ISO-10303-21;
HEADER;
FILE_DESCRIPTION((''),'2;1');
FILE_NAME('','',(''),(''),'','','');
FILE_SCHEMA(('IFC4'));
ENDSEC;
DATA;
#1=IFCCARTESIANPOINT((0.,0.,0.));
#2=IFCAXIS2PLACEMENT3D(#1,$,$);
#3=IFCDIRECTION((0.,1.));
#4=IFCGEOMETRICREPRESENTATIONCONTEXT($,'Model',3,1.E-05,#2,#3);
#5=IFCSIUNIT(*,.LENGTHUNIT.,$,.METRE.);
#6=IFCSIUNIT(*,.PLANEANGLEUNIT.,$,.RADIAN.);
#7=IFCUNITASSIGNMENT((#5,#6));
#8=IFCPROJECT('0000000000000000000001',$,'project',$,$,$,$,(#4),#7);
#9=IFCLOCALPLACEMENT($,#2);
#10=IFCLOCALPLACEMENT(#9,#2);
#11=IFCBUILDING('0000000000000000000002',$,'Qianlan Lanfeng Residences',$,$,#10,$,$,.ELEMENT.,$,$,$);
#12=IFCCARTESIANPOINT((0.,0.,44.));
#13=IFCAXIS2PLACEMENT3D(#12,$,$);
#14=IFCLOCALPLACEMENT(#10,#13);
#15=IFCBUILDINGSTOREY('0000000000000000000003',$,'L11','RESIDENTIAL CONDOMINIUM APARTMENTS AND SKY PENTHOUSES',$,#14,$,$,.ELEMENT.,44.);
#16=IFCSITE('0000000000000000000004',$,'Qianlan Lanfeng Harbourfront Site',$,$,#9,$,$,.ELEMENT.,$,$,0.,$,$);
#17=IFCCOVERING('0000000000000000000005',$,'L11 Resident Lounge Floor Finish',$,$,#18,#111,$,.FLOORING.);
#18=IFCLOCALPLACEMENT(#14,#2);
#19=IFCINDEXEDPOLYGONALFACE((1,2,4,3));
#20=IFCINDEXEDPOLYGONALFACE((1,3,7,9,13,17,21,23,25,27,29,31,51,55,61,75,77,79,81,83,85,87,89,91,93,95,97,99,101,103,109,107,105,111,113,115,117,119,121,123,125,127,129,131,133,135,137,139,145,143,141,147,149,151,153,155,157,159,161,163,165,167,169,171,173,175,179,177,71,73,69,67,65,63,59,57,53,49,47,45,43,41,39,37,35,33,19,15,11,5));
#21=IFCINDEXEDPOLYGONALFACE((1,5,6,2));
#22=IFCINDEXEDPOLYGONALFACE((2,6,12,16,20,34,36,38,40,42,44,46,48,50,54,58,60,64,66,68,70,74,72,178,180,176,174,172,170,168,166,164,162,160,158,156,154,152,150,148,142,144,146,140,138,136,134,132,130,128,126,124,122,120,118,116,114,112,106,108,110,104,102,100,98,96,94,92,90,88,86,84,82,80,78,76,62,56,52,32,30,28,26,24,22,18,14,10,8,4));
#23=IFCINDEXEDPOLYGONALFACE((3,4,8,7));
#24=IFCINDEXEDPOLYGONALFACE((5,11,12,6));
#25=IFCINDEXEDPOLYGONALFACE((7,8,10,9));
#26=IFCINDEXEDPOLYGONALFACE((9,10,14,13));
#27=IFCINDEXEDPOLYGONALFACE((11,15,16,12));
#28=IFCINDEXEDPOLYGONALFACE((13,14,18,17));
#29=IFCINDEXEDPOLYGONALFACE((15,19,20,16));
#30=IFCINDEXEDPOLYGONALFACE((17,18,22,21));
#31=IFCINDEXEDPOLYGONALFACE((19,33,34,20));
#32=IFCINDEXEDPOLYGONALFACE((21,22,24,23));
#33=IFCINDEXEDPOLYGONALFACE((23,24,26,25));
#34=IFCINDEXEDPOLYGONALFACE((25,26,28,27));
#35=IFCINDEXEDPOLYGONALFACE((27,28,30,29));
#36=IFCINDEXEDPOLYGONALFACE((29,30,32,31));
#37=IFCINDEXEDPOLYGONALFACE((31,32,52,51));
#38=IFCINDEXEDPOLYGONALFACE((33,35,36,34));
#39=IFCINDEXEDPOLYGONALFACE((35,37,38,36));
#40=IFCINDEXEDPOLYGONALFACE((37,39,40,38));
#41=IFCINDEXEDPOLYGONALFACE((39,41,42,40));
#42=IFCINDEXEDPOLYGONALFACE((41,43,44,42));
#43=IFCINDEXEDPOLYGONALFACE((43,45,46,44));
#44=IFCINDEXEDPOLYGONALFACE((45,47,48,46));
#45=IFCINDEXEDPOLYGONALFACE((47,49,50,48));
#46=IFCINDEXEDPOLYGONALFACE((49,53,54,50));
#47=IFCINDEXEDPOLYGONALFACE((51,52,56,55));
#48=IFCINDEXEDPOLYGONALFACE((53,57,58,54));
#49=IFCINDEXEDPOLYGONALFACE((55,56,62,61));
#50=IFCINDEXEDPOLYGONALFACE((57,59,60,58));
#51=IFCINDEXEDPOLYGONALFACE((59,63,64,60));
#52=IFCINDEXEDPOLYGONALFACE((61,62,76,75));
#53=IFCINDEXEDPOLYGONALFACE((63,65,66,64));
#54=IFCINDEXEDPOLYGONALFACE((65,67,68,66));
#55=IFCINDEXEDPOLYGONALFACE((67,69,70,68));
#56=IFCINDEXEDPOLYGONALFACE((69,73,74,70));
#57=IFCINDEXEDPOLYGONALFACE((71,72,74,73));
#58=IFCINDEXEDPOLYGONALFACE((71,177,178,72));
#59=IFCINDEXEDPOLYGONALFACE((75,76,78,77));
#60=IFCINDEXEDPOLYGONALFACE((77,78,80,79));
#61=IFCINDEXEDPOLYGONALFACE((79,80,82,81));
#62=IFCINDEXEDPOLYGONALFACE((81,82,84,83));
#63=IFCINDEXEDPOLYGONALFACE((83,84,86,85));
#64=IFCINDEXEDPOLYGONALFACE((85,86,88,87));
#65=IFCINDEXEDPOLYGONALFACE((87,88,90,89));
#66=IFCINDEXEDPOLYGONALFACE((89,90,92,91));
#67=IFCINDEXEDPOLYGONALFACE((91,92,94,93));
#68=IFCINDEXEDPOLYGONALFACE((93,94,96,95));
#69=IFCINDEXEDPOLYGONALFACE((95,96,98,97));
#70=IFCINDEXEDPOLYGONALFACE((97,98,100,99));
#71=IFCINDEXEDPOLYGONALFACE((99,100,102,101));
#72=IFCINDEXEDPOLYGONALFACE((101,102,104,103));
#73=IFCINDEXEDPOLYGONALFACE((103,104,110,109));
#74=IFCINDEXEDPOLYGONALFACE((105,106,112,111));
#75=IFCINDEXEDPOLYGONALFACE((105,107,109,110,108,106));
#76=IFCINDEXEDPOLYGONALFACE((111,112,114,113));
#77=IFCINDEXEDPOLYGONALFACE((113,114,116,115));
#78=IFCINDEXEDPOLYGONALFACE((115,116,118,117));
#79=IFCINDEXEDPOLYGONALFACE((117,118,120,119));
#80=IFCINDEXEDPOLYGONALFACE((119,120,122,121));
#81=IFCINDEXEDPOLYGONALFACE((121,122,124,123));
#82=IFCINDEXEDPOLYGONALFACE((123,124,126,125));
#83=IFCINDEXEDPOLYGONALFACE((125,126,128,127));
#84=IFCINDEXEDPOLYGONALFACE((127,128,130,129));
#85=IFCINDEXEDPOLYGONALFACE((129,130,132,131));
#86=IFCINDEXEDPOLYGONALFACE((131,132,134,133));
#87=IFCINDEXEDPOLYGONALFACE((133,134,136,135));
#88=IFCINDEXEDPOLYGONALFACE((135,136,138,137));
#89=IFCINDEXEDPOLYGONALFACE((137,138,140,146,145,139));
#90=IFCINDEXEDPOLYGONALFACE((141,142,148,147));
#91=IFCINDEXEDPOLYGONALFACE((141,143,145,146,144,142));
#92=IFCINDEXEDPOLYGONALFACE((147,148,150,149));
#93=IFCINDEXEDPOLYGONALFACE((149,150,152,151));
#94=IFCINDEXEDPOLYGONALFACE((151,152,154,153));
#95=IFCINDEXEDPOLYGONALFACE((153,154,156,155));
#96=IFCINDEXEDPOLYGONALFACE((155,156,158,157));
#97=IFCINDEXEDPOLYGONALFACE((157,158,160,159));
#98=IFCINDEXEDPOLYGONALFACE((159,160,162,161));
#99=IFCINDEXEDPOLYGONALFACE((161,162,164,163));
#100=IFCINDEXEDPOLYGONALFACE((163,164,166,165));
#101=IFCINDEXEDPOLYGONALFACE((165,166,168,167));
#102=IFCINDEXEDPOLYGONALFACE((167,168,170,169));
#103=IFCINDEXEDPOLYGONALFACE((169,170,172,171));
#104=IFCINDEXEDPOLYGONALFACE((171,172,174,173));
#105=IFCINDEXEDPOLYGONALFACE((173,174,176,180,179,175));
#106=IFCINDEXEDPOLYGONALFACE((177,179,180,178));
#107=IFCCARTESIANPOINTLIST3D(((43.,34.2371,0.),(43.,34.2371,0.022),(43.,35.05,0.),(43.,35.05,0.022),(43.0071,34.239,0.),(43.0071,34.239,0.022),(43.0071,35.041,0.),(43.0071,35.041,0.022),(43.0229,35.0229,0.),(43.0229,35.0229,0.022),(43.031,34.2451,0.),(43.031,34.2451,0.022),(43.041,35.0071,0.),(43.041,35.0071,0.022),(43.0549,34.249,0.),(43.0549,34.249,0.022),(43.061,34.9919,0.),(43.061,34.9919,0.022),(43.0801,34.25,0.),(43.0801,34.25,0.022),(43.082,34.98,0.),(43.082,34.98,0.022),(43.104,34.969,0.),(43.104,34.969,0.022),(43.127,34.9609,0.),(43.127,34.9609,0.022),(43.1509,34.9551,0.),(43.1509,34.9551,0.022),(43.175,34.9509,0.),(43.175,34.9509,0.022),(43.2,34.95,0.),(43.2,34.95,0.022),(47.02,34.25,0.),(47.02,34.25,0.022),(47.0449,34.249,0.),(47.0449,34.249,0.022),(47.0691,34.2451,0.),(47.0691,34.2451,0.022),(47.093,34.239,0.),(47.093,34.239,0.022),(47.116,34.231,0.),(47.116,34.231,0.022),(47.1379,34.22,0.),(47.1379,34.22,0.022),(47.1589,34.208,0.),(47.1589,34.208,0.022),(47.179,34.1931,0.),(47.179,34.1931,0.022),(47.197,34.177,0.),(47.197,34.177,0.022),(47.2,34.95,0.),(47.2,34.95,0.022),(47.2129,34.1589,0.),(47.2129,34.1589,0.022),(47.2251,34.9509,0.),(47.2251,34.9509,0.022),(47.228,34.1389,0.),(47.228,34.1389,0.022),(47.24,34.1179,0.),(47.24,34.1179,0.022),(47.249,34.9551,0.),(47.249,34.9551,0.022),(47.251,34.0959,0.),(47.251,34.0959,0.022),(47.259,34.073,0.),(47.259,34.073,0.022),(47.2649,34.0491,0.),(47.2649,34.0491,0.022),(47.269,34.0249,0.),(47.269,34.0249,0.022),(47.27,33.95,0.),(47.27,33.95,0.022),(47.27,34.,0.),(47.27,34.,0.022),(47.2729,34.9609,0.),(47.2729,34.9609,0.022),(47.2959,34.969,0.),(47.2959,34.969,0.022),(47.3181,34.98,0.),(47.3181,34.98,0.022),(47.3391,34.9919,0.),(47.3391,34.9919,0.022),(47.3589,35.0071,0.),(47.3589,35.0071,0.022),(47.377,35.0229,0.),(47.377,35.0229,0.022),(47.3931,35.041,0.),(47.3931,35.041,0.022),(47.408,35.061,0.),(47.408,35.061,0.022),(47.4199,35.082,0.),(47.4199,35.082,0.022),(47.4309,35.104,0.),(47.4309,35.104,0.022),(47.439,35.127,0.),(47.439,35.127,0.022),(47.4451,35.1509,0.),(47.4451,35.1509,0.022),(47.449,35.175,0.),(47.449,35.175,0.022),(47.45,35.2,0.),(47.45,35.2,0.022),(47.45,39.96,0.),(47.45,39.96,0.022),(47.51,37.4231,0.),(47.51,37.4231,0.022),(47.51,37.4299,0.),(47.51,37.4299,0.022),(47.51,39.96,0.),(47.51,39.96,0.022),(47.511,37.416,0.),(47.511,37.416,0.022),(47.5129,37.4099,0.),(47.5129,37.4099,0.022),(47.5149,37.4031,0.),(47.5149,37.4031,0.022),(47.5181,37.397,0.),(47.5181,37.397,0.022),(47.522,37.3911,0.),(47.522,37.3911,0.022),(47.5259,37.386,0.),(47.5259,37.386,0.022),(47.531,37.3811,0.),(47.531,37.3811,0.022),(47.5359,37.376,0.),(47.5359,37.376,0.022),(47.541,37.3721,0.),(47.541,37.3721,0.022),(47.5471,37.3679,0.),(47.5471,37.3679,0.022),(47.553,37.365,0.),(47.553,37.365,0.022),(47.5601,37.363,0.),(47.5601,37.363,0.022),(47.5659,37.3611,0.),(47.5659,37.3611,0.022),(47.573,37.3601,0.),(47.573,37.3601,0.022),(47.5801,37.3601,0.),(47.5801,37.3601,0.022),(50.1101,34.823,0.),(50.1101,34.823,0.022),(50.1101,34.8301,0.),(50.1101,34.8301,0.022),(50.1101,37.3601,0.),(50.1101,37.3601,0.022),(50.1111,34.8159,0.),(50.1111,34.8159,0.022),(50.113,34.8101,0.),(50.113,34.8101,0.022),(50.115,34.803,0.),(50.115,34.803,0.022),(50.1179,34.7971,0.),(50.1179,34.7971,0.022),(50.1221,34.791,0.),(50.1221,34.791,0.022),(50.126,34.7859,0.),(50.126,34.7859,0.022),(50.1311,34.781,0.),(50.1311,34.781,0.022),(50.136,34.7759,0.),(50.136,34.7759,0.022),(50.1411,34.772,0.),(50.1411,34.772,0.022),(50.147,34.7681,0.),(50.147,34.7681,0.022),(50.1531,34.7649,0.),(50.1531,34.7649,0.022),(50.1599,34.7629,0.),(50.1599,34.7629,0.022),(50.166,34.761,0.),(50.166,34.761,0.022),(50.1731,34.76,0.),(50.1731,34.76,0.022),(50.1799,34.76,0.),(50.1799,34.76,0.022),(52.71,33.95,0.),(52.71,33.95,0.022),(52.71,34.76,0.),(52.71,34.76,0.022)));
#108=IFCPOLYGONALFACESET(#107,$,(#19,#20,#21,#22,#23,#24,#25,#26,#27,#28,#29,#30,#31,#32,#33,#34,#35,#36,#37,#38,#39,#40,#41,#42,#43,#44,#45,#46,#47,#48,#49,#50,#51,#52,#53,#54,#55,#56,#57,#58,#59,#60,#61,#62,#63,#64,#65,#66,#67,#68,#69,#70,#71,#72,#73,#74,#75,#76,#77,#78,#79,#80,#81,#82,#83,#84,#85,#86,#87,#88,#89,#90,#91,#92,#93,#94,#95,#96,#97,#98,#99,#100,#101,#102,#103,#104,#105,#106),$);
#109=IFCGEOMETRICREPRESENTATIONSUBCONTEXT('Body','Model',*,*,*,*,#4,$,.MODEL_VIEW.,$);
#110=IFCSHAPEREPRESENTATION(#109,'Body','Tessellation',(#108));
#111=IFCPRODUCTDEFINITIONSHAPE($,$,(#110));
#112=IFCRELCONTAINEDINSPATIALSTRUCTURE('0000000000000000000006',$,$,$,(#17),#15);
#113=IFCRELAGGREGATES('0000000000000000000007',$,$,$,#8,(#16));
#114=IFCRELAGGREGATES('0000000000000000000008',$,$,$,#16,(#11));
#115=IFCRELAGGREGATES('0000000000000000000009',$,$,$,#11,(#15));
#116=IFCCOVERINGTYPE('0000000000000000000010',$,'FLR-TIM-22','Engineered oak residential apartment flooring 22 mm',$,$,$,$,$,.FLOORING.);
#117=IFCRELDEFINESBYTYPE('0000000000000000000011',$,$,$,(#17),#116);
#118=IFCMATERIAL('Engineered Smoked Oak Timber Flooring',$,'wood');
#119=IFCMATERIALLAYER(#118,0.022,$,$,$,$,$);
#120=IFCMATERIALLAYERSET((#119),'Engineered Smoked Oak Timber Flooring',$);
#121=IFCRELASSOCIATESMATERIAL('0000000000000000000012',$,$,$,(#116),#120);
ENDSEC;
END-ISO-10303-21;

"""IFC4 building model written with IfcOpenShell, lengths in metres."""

from ifc_helpers import new_model, si_unit, direction, frame, origin, place, context, subcontext, project, spatial, polyline, outline, extrude, material, layer, layer_set, type_object, element, save


model = new_model("IFC4")

# Units and contexts
model_context = context("Model", 3, precision=1e-05, world=origin(), true_north=direction((0.0, 1.0)))
body_context = subcontext(model_context, "Body", "Model", "MODEL_VIEW")
ifc_project = project(units=[si_unit("LENGTHUNIT", "METRE"), si_unit("PLANEANGLEUNIT", "RADIAN")], contexts=[model_context])

# Site, building, storey
site_placement = place(None, origin())
site = spatial("IfcSite", under=ifc_project, at=site_placement, Name="Qianlan Lanfeng Harbourfront Site", CompositionType="ELEMENT", RefElevation=0.0)
building_placement = place(site_placement, origin())
building = spatial("IfcBuilding", under=site, at=building_placement, Name="Qianlan Lanfeng Residences", CompositionType="ELEMENT")
storey_placement = place(building_placement, frame((0.0, 0.0, 44.0)))
storey = spatial("IfcBuildingStorey", under=building, at=storey_placement, Name="L11", Description="RESIDENTIAL CONDOMINIUM APARTMENTS AND SKY PENTHOUSES", CompositionType="ELEMENT", Elevation=44.0)

# Covering
ifc_material_1 = material(Name="Engineered Smoked Oak Timber Flooring", Category="wood")
ifc_layer_1 = layer(ifc_material_1, 0.022)
ifc_layer_set_1 = layer_set([ifc_layer_1], Name="Engineered Smoked Oak Timber Flooring")
covering_type_1 = type_object("IfcCoveringType", Name="FLR-TIM-22", Description="Engineered oak residential apartment flooring 22 mm", PredefinedType="FLOORING", material=ifc_layer_set_1)
covering_1_placement = place(storey_placement, origin())
element("IfcCovering", 1, at=covering_1_placement, inside=storey, type_object=covering_type_1, Name="L11 Resident Lounge Floor Finish", PredefinedType="FLOORING", context=body_context, shape_type="SweptSolid", body=[
    extrude(outline(polyline([(43.0, 34.2371), (43.0071, 34.239), (43.031, 34.2451), (43.0549, 34.249), (43.0801, 34.25), (47.02, 34.25), (47.0449, 34.249), (47.0691, 34.2451), (47.093, 34.239), (47.116, 34.231), (47.1379, 34.22), (47.1589, 34.208), (47.179, 34.1931), (47.197, 34.177), (47.2129, 34.1589), (47.228, 34.1389), (47.24, 34.1179), (47.251, 34.0959), (47.259, 34.073), (47.2649, 34.0491), (47.269, 34.0249), (47.27, 34.0), (47.27, 33.95), (52.71, 33.95), (52.71, 34.76), (50.1799, 34.76), (50.1731, 34.76), (50.166, 34.761), (50.1599, 34.7629), (50.1531, 34.7649), (50.147, 34.7681), (50.1411, 34.772), (50.136, 34.7759), (50.1311, 34.781), (50.126, 34.7859), (50.1221, 34.791), (50.1179, 34.7971), (50.115, 34.803), (50.113, 34.8101), (50.1111, 34.8159), (50.1101, 34.823), (50.1101, 34.8301), (50.1101, 37.3601), (47.5801, 37.3601), (47.573, 37.3601), (47.5659, 37.3611), (47.5601, 37.363), (47.553, 37.365), (47.5471, 37.3679), (47.541, 37.3721), (47.5359, 37.376), (47.531, 37.3811), (47.5259, 37.386), (47.522, 37.3911), (47.5181, 37.397), (47.5149, 37.4031), (47.5129, 37.4099), (47.511, 37.416), (47.51, 37.4231), (47.51, 37.4299), (47.51, 39.96), (47.45, 39.96), (47.45, 35.2), (47.449, 35.175), (47.4451, 35.1509), (47.439, 35.127), (47.4309, 35.104), (47.4199, 35.082), (47.408, 35.061), (47.3931, 35.041), (47.377, 35.0229), (47.3589, 35.0071), (47.3391, 34.9919), (47.3181, 34.98), (47.2959, 34.969), (47.2729, 34.9609), (47.249, 34.9551), (47.2251, 34.9509), (47.2, 34.95), (43.2, 34.95), (43.175, 34.9509), (43.1509, 34.9551), (43.127, 34.9609), (43.104, 34.969), (43.082, 34.98), (43.061, 34.9919), (43.041, 35.0071), (43.0229, 35.0229), (43.0071, 35.041), (43.0, 35.05), (43.0, 34.2371)])), origin(), (0.0, 0.0, 1.0), 0.022),
])

save(model, "model.ifc")
